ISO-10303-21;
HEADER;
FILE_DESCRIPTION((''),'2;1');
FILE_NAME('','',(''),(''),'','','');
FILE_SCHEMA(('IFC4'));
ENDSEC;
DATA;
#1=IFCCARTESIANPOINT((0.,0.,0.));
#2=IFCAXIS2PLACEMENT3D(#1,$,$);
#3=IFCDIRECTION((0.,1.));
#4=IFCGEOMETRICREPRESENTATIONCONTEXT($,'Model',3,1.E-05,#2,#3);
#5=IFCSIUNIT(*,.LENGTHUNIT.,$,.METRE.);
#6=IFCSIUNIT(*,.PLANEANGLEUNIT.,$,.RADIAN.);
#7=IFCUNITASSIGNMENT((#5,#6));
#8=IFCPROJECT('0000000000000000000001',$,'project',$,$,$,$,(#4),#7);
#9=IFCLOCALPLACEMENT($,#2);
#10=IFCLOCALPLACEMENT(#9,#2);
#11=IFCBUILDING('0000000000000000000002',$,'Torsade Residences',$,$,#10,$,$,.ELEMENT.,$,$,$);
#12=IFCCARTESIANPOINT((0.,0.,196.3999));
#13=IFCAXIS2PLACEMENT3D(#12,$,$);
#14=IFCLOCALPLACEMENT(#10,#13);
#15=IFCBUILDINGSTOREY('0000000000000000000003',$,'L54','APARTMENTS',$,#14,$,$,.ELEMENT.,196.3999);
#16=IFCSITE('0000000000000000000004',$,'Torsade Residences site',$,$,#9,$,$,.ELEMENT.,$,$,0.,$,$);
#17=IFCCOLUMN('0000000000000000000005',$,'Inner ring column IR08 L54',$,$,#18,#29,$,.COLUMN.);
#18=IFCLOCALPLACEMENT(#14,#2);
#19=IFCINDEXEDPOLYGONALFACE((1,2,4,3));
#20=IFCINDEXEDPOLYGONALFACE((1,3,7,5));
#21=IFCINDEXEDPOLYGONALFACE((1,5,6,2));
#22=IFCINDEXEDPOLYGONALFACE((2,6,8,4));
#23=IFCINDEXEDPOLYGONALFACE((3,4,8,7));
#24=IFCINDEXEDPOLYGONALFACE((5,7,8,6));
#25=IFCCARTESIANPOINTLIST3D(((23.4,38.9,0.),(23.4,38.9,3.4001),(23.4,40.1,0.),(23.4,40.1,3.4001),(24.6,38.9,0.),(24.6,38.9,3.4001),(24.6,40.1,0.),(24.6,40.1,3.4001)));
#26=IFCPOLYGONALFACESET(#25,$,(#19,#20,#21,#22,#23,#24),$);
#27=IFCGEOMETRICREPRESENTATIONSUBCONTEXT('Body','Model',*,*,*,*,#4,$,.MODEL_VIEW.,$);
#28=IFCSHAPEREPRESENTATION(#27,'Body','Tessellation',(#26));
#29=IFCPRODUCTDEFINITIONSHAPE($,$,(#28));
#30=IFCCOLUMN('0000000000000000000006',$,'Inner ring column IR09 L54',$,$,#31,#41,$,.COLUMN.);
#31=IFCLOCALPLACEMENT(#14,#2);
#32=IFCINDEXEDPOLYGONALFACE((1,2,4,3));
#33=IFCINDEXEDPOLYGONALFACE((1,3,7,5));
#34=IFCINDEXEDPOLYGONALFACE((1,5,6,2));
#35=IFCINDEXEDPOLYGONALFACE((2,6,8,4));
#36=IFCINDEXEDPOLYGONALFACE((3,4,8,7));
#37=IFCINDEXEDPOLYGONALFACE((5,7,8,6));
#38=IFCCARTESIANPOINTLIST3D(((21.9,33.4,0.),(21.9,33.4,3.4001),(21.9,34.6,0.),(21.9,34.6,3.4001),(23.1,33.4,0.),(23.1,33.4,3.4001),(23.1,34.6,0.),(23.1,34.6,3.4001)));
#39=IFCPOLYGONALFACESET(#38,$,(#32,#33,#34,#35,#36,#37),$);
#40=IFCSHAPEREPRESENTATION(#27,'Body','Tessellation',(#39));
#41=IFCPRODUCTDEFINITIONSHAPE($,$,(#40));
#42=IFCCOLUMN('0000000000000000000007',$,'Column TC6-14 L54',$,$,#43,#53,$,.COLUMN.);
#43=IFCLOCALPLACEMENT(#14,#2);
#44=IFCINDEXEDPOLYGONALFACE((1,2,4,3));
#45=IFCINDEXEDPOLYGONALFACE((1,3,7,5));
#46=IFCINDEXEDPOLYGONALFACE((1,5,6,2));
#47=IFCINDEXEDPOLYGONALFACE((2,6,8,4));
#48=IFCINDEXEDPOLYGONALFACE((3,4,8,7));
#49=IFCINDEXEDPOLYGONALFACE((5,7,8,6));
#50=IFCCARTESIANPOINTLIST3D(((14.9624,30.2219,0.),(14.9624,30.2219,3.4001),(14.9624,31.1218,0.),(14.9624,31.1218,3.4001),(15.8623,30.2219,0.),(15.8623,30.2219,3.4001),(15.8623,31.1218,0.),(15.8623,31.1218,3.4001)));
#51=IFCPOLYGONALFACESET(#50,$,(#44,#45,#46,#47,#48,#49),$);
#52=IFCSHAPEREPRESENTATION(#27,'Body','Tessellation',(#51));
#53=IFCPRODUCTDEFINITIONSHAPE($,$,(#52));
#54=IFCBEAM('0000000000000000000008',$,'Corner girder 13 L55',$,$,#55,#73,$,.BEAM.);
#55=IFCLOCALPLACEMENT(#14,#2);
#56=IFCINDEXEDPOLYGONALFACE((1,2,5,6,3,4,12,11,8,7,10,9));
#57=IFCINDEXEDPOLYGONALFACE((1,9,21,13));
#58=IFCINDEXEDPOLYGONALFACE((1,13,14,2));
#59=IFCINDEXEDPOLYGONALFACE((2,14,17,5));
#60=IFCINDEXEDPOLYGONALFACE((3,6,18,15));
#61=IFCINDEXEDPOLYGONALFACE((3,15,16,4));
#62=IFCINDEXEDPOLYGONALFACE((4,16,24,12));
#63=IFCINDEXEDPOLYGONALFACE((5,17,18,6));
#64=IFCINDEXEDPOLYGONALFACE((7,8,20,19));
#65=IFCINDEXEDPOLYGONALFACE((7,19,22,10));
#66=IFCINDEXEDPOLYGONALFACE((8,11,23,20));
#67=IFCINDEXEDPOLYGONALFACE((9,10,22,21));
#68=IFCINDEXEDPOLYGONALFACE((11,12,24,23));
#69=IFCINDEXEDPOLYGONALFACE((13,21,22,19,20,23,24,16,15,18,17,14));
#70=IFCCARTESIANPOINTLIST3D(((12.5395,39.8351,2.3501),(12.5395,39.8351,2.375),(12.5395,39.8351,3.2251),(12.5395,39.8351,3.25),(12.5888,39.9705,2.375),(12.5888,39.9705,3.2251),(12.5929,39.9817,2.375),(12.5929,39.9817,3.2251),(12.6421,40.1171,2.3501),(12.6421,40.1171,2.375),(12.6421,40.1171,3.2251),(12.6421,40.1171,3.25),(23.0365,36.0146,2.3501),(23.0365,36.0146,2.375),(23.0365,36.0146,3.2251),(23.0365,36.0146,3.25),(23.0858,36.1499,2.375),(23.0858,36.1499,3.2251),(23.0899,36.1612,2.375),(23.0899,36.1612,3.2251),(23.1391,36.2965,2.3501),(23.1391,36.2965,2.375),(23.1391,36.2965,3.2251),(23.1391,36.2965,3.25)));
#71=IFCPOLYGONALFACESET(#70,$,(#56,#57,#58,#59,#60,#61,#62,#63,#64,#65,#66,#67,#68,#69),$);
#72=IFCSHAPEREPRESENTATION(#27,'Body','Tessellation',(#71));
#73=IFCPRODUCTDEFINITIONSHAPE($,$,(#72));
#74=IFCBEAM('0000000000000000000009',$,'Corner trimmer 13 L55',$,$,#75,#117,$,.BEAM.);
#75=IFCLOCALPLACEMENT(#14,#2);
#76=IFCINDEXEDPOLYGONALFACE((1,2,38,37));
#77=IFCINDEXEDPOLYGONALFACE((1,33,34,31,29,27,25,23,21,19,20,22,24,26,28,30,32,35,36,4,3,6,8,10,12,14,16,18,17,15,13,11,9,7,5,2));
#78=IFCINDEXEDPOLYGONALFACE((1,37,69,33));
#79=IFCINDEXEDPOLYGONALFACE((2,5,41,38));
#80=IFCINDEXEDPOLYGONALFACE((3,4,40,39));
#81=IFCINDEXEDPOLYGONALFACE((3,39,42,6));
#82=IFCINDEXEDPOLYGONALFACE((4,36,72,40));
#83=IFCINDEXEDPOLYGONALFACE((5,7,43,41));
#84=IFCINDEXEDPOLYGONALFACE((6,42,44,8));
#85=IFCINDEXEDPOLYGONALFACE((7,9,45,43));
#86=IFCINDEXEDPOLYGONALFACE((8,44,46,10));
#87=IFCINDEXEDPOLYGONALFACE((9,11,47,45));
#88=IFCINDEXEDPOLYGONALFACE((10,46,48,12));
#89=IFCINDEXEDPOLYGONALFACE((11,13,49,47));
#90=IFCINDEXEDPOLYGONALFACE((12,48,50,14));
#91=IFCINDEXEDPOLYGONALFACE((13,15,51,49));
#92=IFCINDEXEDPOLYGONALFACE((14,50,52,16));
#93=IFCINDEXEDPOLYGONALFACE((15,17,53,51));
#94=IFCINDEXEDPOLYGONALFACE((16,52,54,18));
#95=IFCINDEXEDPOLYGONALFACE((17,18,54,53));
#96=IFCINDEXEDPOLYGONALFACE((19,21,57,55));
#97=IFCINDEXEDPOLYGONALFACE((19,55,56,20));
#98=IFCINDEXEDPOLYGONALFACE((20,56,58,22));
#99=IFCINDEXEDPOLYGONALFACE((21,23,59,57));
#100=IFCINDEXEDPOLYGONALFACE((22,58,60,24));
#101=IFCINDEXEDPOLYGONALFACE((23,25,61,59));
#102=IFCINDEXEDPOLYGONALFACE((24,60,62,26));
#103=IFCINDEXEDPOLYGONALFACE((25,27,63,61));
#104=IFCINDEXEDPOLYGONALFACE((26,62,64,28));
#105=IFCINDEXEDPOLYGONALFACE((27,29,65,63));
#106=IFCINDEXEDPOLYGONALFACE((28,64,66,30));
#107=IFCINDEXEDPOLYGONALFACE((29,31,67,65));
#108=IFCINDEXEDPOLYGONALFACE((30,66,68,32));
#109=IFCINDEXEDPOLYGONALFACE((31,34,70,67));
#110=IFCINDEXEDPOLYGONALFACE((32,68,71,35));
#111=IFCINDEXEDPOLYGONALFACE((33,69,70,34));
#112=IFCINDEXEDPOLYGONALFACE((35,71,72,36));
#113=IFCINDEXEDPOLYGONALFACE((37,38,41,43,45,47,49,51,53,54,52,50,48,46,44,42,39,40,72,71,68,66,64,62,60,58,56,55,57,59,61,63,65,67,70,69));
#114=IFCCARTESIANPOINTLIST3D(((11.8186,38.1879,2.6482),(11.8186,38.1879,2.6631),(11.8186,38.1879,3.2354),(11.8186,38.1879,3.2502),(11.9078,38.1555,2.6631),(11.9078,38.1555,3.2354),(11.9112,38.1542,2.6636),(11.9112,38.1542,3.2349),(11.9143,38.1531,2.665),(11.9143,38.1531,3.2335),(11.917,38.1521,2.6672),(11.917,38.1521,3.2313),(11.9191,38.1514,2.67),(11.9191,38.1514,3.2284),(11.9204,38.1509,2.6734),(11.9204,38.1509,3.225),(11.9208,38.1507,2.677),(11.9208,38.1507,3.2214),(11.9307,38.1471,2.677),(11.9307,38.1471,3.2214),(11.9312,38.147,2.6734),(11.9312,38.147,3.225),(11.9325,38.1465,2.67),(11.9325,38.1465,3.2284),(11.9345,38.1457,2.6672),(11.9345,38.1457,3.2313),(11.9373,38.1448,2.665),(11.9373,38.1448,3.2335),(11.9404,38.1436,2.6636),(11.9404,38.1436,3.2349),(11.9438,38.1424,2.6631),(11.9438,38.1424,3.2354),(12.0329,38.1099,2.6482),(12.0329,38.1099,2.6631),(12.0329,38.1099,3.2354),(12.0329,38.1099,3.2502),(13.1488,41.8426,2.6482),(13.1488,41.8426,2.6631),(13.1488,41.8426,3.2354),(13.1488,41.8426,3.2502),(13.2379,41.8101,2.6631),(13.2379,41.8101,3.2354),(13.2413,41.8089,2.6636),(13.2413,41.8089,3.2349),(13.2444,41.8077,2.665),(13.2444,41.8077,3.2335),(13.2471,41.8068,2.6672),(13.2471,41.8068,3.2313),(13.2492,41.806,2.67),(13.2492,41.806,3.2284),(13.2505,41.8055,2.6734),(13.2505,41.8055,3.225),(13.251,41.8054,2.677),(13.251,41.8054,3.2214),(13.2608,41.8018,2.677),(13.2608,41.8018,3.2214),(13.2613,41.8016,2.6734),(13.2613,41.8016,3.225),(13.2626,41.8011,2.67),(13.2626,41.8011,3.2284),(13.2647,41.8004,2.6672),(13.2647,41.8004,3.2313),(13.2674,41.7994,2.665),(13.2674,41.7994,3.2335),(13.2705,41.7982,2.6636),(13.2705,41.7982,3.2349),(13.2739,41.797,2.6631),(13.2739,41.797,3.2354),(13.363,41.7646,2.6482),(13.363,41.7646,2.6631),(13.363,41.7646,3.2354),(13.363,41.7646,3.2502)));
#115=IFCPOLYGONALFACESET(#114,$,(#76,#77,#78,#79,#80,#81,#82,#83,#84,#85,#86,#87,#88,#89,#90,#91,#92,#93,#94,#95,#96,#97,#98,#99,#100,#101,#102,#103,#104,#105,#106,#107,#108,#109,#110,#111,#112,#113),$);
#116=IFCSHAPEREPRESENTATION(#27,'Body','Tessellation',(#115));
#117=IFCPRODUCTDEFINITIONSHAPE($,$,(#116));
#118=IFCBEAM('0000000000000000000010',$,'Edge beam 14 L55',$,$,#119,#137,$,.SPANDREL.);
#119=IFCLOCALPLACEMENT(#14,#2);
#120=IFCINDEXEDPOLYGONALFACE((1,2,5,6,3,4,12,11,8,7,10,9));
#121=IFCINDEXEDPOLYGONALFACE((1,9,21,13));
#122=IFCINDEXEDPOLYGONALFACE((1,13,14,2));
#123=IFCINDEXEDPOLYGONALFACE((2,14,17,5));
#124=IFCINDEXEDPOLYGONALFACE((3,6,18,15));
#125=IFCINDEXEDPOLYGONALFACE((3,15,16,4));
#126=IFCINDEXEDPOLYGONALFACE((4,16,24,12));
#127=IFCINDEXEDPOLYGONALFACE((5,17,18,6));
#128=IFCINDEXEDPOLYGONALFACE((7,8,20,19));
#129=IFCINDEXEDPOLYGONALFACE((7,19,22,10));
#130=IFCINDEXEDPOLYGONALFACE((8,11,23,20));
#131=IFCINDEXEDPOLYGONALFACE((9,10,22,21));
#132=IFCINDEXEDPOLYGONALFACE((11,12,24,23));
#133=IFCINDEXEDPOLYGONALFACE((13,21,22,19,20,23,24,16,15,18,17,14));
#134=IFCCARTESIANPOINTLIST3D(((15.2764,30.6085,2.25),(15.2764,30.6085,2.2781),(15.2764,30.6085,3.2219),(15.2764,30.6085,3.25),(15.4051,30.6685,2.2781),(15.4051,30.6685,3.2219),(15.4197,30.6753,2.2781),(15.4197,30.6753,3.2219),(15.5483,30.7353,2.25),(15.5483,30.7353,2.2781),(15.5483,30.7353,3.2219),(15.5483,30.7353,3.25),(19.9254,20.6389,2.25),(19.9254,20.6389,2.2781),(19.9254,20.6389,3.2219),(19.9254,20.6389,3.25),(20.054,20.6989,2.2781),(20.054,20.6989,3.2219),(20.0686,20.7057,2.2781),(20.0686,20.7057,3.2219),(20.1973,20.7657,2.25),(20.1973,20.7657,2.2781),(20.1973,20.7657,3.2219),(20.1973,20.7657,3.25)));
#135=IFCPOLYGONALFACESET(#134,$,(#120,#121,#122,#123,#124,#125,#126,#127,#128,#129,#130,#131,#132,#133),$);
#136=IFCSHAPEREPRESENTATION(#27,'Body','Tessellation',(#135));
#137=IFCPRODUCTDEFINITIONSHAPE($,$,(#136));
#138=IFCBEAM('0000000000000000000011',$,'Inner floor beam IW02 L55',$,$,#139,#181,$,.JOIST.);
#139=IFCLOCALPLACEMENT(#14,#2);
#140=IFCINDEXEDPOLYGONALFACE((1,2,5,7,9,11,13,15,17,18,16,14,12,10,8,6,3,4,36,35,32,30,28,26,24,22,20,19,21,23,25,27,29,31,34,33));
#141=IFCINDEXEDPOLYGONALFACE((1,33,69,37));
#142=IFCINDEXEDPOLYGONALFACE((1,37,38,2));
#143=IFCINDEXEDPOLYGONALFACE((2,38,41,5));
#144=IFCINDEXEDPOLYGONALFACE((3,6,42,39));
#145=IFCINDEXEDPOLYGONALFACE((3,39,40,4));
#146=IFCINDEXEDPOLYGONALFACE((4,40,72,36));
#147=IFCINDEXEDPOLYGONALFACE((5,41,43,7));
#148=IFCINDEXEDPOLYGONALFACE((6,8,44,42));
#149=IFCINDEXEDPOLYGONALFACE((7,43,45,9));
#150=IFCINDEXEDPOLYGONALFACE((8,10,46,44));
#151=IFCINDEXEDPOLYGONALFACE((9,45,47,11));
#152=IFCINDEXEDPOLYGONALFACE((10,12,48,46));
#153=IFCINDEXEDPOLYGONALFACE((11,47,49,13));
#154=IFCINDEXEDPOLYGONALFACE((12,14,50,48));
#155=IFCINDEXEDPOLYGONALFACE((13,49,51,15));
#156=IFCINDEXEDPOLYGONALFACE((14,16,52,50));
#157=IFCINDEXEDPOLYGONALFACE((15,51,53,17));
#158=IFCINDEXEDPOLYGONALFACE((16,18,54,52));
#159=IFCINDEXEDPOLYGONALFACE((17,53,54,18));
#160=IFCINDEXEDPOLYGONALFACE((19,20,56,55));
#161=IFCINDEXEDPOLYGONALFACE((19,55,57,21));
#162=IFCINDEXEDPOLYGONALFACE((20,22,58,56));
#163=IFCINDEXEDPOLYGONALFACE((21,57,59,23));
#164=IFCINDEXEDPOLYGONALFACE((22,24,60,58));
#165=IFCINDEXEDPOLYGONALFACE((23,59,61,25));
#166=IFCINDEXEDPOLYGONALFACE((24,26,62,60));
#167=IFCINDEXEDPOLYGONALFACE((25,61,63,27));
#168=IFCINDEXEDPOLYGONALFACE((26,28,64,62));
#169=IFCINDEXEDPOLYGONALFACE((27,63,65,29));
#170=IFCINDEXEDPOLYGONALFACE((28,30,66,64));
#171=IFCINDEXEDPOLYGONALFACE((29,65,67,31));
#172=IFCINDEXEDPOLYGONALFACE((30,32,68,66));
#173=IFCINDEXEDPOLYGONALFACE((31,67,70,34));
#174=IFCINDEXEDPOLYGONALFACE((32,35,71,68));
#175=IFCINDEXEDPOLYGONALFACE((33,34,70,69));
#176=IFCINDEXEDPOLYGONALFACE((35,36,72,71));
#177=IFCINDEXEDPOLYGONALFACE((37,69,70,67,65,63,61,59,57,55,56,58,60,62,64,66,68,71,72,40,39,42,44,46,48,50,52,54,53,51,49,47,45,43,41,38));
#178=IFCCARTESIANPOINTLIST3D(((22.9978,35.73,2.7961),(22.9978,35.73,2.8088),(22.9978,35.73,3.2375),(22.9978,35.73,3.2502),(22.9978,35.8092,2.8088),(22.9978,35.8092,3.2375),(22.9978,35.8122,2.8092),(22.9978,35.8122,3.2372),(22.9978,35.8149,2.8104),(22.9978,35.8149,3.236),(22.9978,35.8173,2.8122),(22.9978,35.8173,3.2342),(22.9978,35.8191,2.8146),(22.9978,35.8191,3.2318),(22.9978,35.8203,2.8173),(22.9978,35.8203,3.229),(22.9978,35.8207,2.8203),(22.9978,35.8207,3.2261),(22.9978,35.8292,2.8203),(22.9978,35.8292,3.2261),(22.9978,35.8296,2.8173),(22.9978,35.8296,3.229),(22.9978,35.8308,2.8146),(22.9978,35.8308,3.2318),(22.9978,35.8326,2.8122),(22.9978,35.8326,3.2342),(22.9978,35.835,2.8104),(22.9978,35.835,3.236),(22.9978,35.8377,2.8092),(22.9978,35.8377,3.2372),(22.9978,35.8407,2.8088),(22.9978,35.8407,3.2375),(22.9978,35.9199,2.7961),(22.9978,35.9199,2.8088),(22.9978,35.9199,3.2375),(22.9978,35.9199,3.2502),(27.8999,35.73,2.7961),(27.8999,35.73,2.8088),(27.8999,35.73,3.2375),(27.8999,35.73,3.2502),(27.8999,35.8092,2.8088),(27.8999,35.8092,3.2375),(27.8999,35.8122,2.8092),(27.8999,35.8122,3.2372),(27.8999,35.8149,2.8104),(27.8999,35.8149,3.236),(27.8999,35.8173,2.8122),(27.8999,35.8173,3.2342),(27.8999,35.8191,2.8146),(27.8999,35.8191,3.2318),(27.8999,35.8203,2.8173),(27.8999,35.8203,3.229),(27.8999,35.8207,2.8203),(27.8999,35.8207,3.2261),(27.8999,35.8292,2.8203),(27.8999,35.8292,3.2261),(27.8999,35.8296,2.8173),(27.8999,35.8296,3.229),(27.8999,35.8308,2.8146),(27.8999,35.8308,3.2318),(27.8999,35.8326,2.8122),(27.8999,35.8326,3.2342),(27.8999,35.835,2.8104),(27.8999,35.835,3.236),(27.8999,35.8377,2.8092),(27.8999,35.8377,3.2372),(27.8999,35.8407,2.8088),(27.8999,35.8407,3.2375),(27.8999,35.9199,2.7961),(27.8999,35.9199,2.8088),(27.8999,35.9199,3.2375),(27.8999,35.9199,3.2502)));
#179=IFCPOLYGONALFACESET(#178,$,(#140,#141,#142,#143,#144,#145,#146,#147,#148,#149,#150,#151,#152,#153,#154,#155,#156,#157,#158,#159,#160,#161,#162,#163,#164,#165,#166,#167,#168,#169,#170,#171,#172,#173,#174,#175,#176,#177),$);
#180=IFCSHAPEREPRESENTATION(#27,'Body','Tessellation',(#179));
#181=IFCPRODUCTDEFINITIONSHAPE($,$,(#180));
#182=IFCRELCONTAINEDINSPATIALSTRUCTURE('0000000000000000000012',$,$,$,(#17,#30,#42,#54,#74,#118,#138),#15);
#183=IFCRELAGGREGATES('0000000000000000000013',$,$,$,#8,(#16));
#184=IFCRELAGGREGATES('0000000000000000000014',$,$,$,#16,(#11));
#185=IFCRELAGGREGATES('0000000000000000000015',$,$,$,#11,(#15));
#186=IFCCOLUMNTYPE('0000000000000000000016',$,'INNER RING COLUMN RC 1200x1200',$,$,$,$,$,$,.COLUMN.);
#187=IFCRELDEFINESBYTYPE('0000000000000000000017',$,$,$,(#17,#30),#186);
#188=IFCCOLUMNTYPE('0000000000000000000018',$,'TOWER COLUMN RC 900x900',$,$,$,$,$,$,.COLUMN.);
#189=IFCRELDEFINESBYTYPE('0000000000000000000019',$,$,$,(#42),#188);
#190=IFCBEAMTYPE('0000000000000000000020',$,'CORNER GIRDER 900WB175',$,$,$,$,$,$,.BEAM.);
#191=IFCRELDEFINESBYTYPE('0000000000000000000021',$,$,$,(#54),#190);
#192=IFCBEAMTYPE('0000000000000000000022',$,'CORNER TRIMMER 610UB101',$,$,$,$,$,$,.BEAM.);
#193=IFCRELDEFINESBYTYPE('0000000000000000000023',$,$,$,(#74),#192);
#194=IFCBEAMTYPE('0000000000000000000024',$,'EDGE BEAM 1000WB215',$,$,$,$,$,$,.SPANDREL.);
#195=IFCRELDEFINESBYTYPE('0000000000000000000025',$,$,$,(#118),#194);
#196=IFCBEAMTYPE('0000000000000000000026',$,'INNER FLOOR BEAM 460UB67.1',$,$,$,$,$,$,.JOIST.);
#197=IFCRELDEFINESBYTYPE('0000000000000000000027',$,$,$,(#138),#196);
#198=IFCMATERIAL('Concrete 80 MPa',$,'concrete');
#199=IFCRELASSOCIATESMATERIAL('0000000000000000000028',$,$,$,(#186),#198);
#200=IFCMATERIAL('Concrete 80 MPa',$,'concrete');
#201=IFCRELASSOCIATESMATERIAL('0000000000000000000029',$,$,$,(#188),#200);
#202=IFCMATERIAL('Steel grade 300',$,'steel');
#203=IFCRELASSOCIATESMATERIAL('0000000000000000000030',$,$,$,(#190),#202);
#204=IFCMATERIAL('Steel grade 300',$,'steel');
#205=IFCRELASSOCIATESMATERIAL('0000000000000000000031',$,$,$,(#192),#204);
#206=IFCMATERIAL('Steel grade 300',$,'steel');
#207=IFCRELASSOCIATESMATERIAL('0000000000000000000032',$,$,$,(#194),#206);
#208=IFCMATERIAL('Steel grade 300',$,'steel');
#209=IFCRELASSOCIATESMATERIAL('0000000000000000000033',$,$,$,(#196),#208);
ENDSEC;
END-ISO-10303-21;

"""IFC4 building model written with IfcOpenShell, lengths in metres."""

from ifc_helpers import new_model, si_unit, direction, frame, origin, origin_2d, place, context, subcontext, project, spatial, rectangle, i_section, extrude, material, material_profile, profile_set, type_object, element, save


model = new_model("IFC4")

# Units and contexts
model_context = context("Model", 3, precision=1e-05, world=origin(), true_north=direction((0.0, 1.0)))
body_context = subcontext(model_context, "Body", "Model", "MODEL_VIEW")
ifc_project = project(units=[si_unit("LENGTHUNIT", "METRE"), si_unit("PLANEANGLEUNIT", "RADIAN")], contexts=[model_context])

# Site, building, storey
site_placement = place(None, origin())
site = spatial("IfcSite", under=ifc_project, at=site_placement, Name="Torsade Residences site", CompositionType="ELEMENT", RefElevation=0.0)
building_placement = place(site_placement, origin())
building = spatial("IfcBuilding", under=site, at=building_placement, Name="Torsade Residences", CompositionType="ELEMENT")
storey_placement = place(building_placement, frame((0.0, 0.0, 196.3999)))
storey = spatial("IfcBuildingStorey", under=building, at=storey_placement, Name="L54", Description="APARTMENTS", CompositionType="ELEMENT", Elevation=196.3999)

# Columns
ifc_material_1 = material(Name="Concrete 80 MPa", Category="concrete")
ifc_material_profile_1 = material_profile(ifc_material_1, rectangle(XDim=1.2, YDim=1.2, at=origin_2d()), Name="RC 1200x1200")
ifc_profile_set_1 = profile_set([ifc_material_profile_1], Name="Concrete 80 MPa")
column_type_1 = type_object("IfcColumnType", Name="INNER RING COLUMN RC 1200x1200", PredefinedType="COLUMN", material=ifc_profile_set_1)
for number, where, z_axis, x_axis, name in (
    (1, (24.0, 39.5, 0.0), (0.0, 0.0, 1.0), (1.0, 0.0, 0.0), "Inner ring column IR08 L54"),
    (2, (22.5, 34.0, 0.0), (0.0, 0.0, 1.0), (1.0, 0.0, 0.0), "Inner ring column IR09 L54"),
):
    element("IfcColumn", number, at=place(storey_placement, frame(where, z_axis=z_axis, x_axis=x_axis)), inside=storey, type_object=column_type_1, Name=name, PredefinedType="COLUMN", context=body_context, shape_type="SweptSolid", body=[
        extrude(rectangle(XDim=1.2, YDim=1.2, at=origin_2d()), origin(), (0.0, 0.0, 1.0), 3.4001),
    ])
ifc_material_2 = material(Name="Concrete 80 MPa", Category="concrete")
ifc_material_profile_2 = material_profile(ifc_material_2, rectangle(XDim=0.8999, YDim=0.8999, at=origin_2d()), Name="RC 900x900")
ifc_profile_set_2 = profile_set([ifc_material_profile_2], Name="Concrete 80 MPa")
column_type_2 = type_object("IfcColumnType", Name="TOWER COLUMN RC 900x900", PredefinedType="COLUMN", material=ifc_profile_set_2)
column_placement = place(storey_placement, frame((15.4124, 30.6719, 0.0), z_axis=(0.0, 0.0, 1.0), x_axis=(1.0, 0.0, 0.0)))
element("IfcColumn", 3, at=column_placement, inside=storey, type_object=column_type_2, Name="Column TC6-14 L54", PredefinedType="COLUMN", context=body_context, shape_type="SweptSolid", body=[
    extrude(rectangle(XDim=0.8999, YDim=0.8999, at=origin_2d()), origin(), (0.0, 0.0, 1.0), 3.4001),
])

# Beams
ifc_material_3 = material(Name="Steel grade 300", Category="steel")
ifc_material_profile_3 = material_profile(ifc_material_3, i_section(OverallWidth=0.3, OverallDepth=0.8999, WebThickness=0.012, FlangeThickness=0.0249, at=origin_2d()), Name="900WB175")
ifc_profile_set_3 = profile_set([ifc_material_profile_3], Name="Steel grade 300")
beam_type_1 = type_object("IfcBeamType", Name="CORNER GIRDER 900WB175", PredefinedType="BEAM", material=ifc_profile_set_3)
beam_1_placement = place(storey_placement, frame((12.5908, 39.9761, 2.8), z_axis=(0.939694, -0.342015, 0.0), x_axis=(0.342015, 0.939694, 0.0)))
element("IfcBeam", 4, at=beam_1_placement, inside=storey, type_object=beam_type_1, Name="Corner girder 13 L55", PredefinedType="BEAM", context=body_context, shape_type="SweptSolid", body=[
    extrude(i_section(OverallWidth=0.3, OverallDepth=0.8999, WebThickness=0.012, FlangeThickness=0.0249, at=origin_2d()), origin(), (0.0, 0.0, 1.0), 11.1707),
])
ifc_material_4 = material(Name="Steel grade 300", Category="steel")
ifc_material_profile_4 = material_profile(ifc_material_4, i_section(OverallWidth=0.228, OverallDepth=0.6021, WebThickness=0.0105, FlangeThickness=0.0149, FilletRadius=0.0139, at=origin_2d()), Name="610UB101")
ifc_profile_set_4 = profile_set([ifc_material_profile_4], Name="Steel grade 300")
beam_type_2 = type_object("IfcBeamType", Name="CORNER TRIMMER 610UB101", PredefinedType="BEAM", material=ifc_profile_set_4)
beam_2_placement = place(storey_placement, frame((11.9258, 38.1489, 2.9492), z_axis=(0.342005, 0.939698, 0.0), x_axis=(-0.939698, 0.342005, 0.0)))
element("IfcBeam", 5, at=beam_2_placement, inside=storey, type_object=beam_type_2, Name="Corner trimmer 13 L55", PredefinedType="BEAM", context=body_context, shape_type="SweptSolid", body=[
    extrude(i_section(OverallWidth=0.228, OverallDepth=0.6021, WebThickness=0.0105, FlangeThickness=0.0149, FilletRadius=0.0139, at=origin_2d()), origin(), (0.0, 0.0, 1.0), 3.8892),
])
ifc_material_5 = material(Name="Steel grade 300", Category="steel")
ifc_material_profile_5 = material_profile(ifc_material_5, i_section(OverallWidth=0.3, OverallDepth=1.0, WebThickness=0.0161, FlangeThickness=0.0281, at=origin_2d()), Name="1000WB215")
ifc_profile_set_5 = profile_set([ifc_material_profile_5], Name="Steel grade 300")
beam_type_3 = type_object("IfcBeamType", Name="EDGE BEAM 1000WB215", PredefinedType="SPANDREL", material=ifc_profile_set_5)
beam_3_placement = place(storey_placement, frame((15.4124, 30.6719, 2.75), z_axis=(0.422624, -0.906305, 0.0), x_axis=(0.906305, 0.422624, 0.0)))
element("IfcBeam", 6, at=beam_3_placement, inside=storey, type_object=beam_type_3, Name="Edge beam 14 L55", PredefinedType="SPANDREL", context=body_context, shape_type="SweptSolid", body=[
    extrude(i_section(OverallWidth=0.3, OverallDepth=1.0, WebThickness=0.0161, FlangeThickness=0.0281, at=origin_2d()), origin(), (0.0, 0.0, 1.0), 11.0002),
])
ifc_material_6 = material(Name="Steel grade 300", Category="steel")
ifc_material_profile_6 = material_profile(ifc_material_6, i_section(OverallWidth=0.1899, OverallDepth=0.4541, WebThickness=0.0085, FlangeThickness=0.0127, FilletRadius=0.0115, at=origin_2d()), Name="460UB67.1")
ifc_profile_set_6 = profile_set([ifc_material_profile_6], Name="Steel grade 300")
beam_type_4 = type_object("IfcBeamType", Name="INNER FLOOR BEAM 460UB67.1", PredefinedType="JOIST", material=ifc_profile_set_6)
beam_4_placement = place(storey_placement, frame((27.8999, 35.825, 3.0232), z_axis=(-1.0, 0.0, 0.0), x_axis=(0.0, -1.0, 0.0)))
element("IfcBeam", 7, at=beam_4_placement, inside=storey, type_object=beam_type_4, Name="Inner floor beam IW02 L55", PredefinedType="JOIST", context=body_context, shape_type="SweptSolid", body=[
    extrude(i_section(OverallWidth=0.1899, OverallDepth=0.4541, WebThickness=0.0085, FlangeThickness=0.0127, FilletRadius=0.0115, at=origin_2d()), origin(), (0.0, 0.0, 1.0), 4.9021),
])

save(model, "model.ifc")
